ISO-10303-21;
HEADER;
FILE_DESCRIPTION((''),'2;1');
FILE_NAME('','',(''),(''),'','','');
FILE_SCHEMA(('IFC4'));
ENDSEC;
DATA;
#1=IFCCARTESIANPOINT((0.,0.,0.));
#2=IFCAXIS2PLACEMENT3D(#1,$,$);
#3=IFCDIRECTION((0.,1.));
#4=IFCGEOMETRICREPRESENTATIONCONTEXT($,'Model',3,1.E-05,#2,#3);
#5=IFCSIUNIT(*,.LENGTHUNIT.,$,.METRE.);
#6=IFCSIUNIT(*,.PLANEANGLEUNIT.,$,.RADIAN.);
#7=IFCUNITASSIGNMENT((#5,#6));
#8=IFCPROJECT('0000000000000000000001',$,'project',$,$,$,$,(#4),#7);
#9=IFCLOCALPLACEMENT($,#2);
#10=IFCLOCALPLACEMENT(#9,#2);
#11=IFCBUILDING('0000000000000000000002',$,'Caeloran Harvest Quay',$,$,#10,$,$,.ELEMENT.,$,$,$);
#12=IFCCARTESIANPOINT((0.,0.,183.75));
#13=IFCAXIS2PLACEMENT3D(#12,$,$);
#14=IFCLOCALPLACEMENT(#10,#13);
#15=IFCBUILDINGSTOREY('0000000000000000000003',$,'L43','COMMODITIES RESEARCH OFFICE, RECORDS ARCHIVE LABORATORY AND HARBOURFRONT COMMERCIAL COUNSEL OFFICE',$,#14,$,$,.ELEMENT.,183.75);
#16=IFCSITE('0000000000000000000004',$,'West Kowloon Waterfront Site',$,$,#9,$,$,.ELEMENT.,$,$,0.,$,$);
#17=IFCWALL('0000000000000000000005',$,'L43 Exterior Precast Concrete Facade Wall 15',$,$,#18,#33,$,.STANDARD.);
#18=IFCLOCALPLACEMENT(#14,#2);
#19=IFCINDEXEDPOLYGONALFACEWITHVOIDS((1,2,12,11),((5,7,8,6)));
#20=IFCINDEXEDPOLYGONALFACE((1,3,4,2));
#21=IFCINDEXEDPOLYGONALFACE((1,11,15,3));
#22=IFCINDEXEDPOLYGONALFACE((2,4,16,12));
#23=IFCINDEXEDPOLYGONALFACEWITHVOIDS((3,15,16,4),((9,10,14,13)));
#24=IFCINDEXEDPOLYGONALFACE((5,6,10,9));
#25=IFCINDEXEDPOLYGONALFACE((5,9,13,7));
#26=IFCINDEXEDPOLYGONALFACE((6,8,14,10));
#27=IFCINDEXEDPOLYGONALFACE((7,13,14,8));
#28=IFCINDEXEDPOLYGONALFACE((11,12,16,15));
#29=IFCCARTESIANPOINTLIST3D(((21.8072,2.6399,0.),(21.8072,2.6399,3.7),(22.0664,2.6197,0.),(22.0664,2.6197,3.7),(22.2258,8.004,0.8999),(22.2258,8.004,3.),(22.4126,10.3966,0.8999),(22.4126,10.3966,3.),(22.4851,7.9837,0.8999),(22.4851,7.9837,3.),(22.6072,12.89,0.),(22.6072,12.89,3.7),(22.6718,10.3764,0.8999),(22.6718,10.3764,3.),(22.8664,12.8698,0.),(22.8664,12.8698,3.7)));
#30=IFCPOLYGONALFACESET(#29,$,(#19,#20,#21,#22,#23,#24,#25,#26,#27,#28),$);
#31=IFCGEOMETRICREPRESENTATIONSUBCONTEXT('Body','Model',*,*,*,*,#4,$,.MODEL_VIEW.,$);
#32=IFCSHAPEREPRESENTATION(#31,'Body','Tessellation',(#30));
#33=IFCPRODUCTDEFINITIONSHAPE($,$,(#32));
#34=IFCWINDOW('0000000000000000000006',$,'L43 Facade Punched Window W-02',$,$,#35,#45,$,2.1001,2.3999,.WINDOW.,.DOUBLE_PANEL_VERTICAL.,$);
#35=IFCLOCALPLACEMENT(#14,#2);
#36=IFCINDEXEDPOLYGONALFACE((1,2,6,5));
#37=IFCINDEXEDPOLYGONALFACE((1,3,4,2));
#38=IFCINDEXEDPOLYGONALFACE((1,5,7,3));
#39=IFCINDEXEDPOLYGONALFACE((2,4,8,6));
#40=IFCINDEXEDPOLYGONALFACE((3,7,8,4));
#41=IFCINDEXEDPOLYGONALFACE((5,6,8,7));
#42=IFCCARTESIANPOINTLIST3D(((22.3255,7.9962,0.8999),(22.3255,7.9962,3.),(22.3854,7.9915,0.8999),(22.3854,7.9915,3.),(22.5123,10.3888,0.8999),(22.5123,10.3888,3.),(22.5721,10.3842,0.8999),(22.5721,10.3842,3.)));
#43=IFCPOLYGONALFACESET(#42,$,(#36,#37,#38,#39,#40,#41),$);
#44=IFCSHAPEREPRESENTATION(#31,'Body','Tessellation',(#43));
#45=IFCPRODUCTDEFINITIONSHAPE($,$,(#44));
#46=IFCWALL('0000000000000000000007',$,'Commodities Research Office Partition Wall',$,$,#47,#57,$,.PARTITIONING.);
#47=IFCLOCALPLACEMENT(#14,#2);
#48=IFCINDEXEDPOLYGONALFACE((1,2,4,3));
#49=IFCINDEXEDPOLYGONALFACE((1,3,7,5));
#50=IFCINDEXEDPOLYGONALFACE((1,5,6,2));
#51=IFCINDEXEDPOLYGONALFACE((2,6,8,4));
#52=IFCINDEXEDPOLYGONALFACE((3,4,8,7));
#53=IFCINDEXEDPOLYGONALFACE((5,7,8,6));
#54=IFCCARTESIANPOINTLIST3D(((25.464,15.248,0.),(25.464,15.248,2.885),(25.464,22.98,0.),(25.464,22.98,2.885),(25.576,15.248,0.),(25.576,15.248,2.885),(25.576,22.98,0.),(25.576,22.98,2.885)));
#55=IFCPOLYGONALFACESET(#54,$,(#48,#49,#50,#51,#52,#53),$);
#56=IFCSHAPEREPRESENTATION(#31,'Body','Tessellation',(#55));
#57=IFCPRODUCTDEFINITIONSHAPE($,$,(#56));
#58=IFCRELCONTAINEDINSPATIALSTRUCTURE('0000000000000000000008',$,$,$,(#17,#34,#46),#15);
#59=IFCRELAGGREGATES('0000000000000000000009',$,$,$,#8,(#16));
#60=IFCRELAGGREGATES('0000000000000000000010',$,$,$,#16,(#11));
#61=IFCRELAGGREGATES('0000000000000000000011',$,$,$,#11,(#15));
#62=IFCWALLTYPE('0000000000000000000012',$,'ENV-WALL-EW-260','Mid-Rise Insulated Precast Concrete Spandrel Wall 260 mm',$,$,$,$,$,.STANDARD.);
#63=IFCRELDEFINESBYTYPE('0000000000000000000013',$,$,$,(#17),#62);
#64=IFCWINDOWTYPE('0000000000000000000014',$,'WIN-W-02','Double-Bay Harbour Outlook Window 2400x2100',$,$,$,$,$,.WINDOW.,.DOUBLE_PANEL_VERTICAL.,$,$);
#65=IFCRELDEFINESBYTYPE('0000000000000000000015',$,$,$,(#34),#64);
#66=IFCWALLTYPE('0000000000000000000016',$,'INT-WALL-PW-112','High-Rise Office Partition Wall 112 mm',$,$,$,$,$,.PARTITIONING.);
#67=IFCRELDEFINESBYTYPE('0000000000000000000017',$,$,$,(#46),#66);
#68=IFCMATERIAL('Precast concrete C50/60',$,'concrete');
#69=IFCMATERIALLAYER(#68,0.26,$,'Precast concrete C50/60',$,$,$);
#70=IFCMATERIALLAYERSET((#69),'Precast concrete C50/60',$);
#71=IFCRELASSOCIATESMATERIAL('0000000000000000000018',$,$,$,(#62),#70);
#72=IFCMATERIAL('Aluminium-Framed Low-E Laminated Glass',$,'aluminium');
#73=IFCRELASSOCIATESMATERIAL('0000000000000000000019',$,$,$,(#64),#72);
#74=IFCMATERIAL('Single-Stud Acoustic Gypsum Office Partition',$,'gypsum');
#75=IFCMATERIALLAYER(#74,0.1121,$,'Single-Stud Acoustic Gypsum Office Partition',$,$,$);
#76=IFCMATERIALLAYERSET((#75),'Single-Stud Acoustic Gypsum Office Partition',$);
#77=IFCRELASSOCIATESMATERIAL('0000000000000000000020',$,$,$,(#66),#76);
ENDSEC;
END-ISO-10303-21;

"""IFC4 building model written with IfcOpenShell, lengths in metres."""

from ifc_helpers import new_model, si_unit, direction, frame, frame_2d, origin, place, context, subcontext, project, spatial, rectangle, extrude, material, layer, layer_set, type_object, element, fill, save


model = new_model("IFC4")

# Units and contexts
model_context = context("Model", 3, precision=1e-05, world=origin(), true_north=direction((0.0, 1.0)))
body_context = subcontext(model_context, "Body", "Model", "MODEL_VIEW")
ifc_project = project(units=[si_unit("LENGTHUNIT", "METRE"), si_unit("PLANEANGLEUNIT", "RADIAN")], contexts=[model_context])

# Site, building, storey
site_placement = place(None, origin())
site = spatial("IfcSite", under=ifc_project, at=site_placement, Name="West Kowloon Waterfront Site", CompositionType="ELEMENT", RefElevation=0.0)
building_placement = place(site_placement, origin())
building = spatial("IfcBuilding", under=site, at=building_placement, Name="Caeloran Harvest Quay", CompositionType="ELEMENT")
storey_placement = place(building_placement, frame((0.0, 0.0, 183.75)))
storey = spatial("IfcBuildingStorey", under=building, at=storey_placement, Name="L43", Description="COMMODITIES RESEARCH OFFICE, RECORDS ARCHIVE LABORATORY AND HARBOURFRONT COMMERCIAL COUNSEL OFFICE", CompositionType="ELEMENT", Elevation=183.75)

# Wall, opening, window
ifc_material_1 = material(Name="Precast concrete C50/60", Category="concrete")
ifc_layer_1 = layer(ifc_material_1, 0.26, Name="Precast concrete C50/60")
ifc_layer_set_1 = layer_set([ifc_layer_1], Name="Precast concrete C50/60")
wall_type_1 = type_object("IfcWallType", Name="ENV-WALL-EW-260", Description="Mid-Rise Insulated Precast Concrete Spandrel Wall 260 mm", PredefinedType="STANDARD", material=ifc_layer_set_1)
wall_1_placement = place(storey_placement, frame((22.7368, 12.8799, 0.0), z_axis=(0.0, 0.0, 1.0), x_axis=(-0.077817, -0.996968, 0.0)))
wall_1 = element("IfcWall", 1, at=wall_1_placement, inside=storey, type_object=wall_type_1, Name="L43 Exterior Precast Concrete Facade Wall 15", PredefinedType="STANDARD", context=body_context, shape_type="SweptSolid", body=[
    extrude(rectangle(XDim=10.2812, YDim=0.26, at=frame_2d((5.1406, 0.0))), origin(), (0.0, 0.0, 1.0), 3.7),
])
opening_placement = place(wall_1_placement, frame((2.501, 0.0, 0.8999)))
opening = element("IfcOpeningElement", 2, at=opening_placement, cuts=wall_1, PredefinedType="OPENING", context=body_context, shape_type="SweptSolid", body=[
    extrude(rectangle(XDim=2.3999, YDim=2.1001, at=frame_2d((1.2, 1.05))), frame((0.0, 0.1401, 0.0), z_axis=(0.0, -1.0, 0.0), x_axis=(1.0, 0.0, 0.0)), (0.0, 0.0, 1.0), 0.28),
])
ifc_material_2 = material(Name="Aluminium-Framed Low-E Laminated Glass", Category="aluminium")
window_type = type_object("IfcWindowType", Name="WIN-W-02", Description="Double-Bay Harbour Outlook Window 2400x2100", PartitioningType="DOUBLE_PANEL_VERTICAL", PredefinedType="WINDOW", material=ifc_material_2)
window_placement = place(opening_placement, origin())
window = element("IfcWindow", 3, at=window_placement, inside=storey, type_object=window_type, Name="L43 Facade Punched Window W-02", OverallHeight=2.1001, OverallWidth=2.3999, PartitioningType="DOUBLE_PANEL_VERTICAL", PredefinedType="WINDOW", context=body_context, shape_type="SweptSolid", body=[
    extrude(rectangle(XDim=2.3999, YDim=2.1001, at=frame_2d((1.2, 1.05))), frame((0.0, 0.03, 0.0), z_axis=(0.0, -1.0, 0.0), x_axis=(1.0, 0.0, 0.0)), (0.0, 0.0, 1.0), 0.0601),
])
fill(opening, window)

# Wall
ifc_material_3 = material(Name="Single-Stud Acoustic Gypsum Office Partition", Category="gypsum")
ifc_layer_2 = layer(ifc_material_3, 0.1121, Name="Single-Stud Acoustic Gypsum Office Partition")
ifc_layer_set_2 = layer_set([ifc_layer_2], Name="Single-Stud Acoustic Gypsum Office Partition")
wall_type_2 = type_object("IfcWallType", Name="INT-WALL-PW-112", Description="High-Rise Office Partition Wall 112 mm", PredefinedType="PARTITIONING", material=ifc_layer_set_2)
wall_2_placement = place(storey_placement, frame((25.52, 15.248, 0.0), z_axis=(0.0, 0.0, 1.0), x_axis=(0.0, 1.0, 0.0)))
element("IfcWall", 4, at=wall_2_placement, inside=storey, type_object=wall_type_2, Name="Commodities Research Office Partition Wall", PredefinedType="PARTITIONING", context=body_context, shape_type="SweptSolid", body=[
    extrude(rectangle(XDim=7.7319, YDim=0.1121, at=frame_2d((3.866, 0.0))), origin(), (0.0, 0.0, 1.0), 2.885),
])

save(model, "model.ifc")
